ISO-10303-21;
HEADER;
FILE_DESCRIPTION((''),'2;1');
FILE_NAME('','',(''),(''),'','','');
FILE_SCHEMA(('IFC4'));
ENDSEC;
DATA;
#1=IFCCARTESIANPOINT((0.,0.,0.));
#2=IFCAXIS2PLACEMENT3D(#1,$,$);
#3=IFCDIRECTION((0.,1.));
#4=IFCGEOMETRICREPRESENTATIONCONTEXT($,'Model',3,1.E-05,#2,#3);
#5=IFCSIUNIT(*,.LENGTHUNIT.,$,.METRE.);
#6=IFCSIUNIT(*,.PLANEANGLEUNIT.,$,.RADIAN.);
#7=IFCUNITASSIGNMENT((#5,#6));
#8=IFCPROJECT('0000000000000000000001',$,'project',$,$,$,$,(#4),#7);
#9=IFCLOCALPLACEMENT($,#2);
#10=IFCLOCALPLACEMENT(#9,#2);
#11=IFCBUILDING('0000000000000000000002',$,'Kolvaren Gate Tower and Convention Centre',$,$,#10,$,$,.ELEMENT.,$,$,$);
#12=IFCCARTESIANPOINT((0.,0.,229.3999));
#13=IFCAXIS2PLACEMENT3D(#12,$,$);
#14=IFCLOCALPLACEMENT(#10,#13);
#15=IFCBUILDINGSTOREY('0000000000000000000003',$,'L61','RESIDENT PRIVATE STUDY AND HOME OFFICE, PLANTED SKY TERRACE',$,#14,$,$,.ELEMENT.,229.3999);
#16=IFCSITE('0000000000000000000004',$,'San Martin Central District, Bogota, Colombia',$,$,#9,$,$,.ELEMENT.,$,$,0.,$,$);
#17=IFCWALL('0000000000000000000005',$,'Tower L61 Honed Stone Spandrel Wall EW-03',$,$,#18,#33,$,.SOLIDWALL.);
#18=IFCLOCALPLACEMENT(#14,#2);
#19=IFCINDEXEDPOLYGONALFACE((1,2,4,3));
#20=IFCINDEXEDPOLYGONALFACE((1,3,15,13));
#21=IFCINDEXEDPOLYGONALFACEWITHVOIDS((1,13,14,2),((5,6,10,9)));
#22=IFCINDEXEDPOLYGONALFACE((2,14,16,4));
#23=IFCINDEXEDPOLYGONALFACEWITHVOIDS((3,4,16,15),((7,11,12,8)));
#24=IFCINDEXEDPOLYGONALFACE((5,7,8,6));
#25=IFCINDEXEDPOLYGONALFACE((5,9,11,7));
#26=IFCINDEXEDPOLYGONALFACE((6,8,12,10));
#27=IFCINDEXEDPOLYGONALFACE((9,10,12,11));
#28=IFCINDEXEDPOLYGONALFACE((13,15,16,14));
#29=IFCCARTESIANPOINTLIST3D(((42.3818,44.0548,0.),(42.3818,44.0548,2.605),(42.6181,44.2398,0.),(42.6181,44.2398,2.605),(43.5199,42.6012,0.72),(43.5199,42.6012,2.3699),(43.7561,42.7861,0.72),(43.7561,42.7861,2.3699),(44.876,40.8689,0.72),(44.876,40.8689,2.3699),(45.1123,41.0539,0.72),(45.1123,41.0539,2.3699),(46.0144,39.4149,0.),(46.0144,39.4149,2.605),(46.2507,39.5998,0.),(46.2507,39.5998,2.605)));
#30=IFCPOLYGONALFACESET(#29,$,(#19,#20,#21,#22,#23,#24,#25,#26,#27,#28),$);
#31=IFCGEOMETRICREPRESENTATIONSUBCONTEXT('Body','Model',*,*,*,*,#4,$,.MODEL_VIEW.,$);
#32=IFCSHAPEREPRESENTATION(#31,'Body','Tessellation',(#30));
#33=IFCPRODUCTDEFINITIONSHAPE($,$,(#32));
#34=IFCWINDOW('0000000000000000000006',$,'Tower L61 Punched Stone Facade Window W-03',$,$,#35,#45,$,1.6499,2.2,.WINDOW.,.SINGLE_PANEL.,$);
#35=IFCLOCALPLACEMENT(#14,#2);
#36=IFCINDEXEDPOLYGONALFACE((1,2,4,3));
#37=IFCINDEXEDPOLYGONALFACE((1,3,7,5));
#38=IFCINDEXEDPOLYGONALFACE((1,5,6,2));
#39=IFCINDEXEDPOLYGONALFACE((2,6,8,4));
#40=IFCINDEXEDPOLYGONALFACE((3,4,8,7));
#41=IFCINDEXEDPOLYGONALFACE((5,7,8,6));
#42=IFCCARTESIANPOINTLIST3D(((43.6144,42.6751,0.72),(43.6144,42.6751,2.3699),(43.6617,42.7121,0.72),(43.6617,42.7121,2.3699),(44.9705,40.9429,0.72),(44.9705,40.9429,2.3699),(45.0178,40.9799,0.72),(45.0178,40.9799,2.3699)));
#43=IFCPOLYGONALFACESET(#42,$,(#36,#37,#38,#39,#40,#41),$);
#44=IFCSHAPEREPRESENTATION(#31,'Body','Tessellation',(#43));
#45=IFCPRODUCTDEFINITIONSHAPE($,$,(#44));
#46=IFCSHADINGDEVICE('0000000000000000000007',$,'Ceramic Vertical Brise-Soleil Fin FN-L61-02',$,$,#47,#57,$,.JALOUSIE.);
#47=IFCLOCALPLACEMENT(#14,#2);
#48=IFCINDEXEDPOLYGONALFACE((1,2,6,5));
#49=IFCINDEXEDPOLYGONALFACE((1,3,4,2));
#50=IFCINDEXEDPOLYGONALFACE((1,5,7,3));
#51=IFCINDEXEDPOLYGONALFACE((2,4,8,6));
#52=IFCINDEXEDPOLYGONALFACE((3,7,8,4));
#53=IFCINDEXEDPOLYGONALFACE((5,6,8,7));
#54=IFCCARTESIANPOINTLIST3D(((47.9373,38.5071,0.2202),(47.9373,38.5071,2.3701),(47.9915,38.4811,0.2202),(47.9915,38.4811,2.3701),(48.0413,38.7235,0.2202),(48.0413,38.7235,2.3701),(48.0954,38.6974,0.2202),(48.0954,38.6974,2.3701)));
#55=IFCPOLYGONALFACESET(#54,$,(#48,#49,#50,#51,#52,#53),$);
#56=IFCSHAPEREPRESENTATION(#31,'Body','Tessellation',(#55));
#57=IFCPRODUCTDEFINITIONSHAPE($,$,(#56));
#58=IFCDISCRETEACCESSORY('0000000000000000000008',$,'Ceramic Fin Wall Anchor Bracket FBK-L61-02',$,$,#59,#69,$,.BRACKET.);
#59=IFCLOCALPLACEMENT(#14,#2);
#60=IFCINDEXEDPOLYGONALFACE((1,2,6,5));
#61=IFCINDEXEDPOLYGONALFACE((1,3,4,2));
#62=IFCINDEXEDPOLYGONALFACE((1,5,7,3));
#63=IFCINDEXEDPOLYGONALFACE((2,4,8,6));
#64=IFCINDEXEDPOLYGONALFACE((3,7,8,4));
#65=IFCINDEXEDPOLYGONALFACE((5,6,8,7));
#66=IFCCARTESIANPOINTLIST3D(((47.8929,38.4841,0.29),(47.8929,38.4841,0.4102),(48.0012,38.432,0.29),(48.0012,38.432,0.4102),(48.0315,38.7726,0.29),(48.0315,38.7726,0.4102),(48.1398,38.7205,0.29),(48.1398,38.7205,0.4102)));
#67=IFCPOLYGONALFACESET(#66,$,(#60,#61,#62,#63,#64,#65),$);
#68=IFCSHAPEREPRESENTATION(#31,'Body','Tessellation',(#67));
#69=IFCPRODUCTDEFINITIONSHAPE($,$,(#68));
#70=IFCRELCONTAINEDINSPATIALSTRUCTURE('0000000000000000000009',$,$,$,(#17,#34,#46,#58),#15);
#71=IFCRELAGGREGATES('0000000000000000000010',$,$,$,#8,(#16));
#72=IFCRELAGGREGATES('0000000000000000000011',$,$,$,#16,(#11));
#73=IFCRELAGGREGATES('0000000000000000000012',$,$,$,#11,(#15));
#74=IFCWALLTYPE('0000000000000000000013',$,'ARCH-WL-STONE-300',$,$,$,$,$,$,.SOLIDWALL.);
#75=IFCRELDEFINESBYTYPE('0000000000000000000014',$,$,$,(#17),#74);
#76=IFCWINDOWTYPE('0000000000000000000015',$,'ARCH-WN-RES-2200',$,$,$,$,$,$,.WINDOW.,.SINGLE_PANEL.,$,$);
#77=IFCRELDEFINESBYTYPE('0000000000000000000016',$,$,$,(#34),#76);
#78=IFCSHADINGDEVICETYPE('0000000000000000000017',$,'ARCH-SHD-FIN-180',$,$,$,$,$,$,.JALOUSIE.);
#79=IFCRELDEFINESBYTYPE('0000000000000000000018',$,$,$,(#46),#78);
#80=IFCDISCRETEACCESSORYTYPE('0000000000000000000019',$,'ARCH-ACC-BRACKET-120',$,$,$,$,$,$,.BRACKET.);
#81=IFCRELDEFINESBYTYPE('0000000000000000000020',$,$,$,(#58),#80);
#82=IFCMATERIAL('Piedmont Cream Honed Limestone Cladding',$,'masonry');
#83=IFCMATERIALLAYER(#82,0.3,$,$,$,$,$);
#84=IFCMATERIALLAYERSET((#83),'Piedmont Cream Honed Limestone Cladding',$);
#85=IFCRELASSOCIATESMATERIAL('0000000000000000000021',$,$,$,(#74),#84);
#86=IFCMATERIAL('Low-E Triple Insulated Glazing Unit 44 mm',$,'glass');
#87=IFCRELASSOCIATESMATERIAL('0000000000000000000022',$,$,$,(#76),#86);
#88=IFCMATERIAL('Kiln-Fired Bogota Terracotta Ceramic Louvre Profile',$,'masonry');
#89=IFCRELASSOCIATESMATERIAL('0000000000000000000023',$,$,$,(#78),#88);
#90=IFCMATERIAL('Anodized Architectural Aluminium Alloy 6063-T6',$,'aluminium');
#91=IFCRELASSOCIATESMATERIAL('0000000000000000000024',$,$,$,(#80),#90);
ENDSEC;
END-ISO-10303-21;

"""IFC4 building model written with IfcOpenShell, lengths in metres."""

from ifc_helpers import new_model, si_unit, direction, frame, frame_2d, origin, origin_2d, place, context, subcontext, project, spatial, rectangle, extrude, material, layer, layer_set, type_object, element, fill, save


model = new_model("IFC4")

# Units and contexts
model_context = context("Model", 3, precision=1e-05, world=origin(), true_north=direction((0.0, 1.0)))
body_context = subcontext(model_context, "Body", "Model", "MODEL_VIEW")
ifc_project = project(units=[si_unit("LENGTHUNIT", "METRE"), si_unit("PLANEANGLEUNIT", "RADIAN")], contexts=[model_context])

# Site, building, storey
site_placement = place(None, origin())
site = spatial("IfcSite", under=ifc_project, at=site_placement, Name="San Martin Central District, Bogota, Colombia", CompositionType="ELEMENT", RefElevation=0.0)
building_placement = place(site_placement, origin())
building = spatial("IfcBuilding", under=site, at=building_placement, Name="Kolvaren Gate Tower and Convention Centre", CompositionType="ELEMENT")
storey_placement = place(building_placement, frame((0.0, 0.0, 229.3999)))
storey = spatial("IfcBuildingStorey", under=building, at=storey_placement, Name="L61", Description="RESIDENT PRIVATE STUDY AND HOME OFFICE, PLANTED SKY TERRACE", CompositionType="ELEMENT", Elevation=229.3999)

# Wall, opening, window
ifc_material_1 = material(Name="Piedmont Cream Honed Limestone Cladding", Category="masonry")
ifc_layer_1 = layer(ifc_material_1, 0.3)
ifc_layer_set_1 = layer_set([ifc_layer_1], Name="Piedmont Cream Honed Limestone Cladding")
wall_type_1 = type_object("IfcWallType", Name="ARCH-WL-STONE-300", PredefinedType="SOLIDWALL", material=ifc_layer_set_1)
ifc_material_2 = material(Name="Low-E Triple Insulated Glazing Unit 44 mm", Category="glass")
window_type = type_object("IfcWindowType", Name="ARCH-WN-RES-2200", PartitioningType="SINGLE_PANEL", PredefinedType="WINDOW", material=ifc_material_2)
wall_1_placement = place(storey_placement, frame((42.5, 44.1472, 0.0), z_axis=(0.0, 0.0, 1.0), x_axis=(0.61645, -0.787394, 0.0)))
wall_1 = element("IfcWall", 1, at=wall_1_placement, inside=storey, type_object=wall_type_1, Name="Tower L61 Honed Stone Spandrel Wall EW-03", PredefinedType="SOLIDWALL", context=body_context, shape_type="SweptSolid", body=[
    extrude(rectangle(XDim=5.8928, YDim=0.3, at=frame_2d((2.9463, 0.0))), origin(), (0.0, 0.0, 1.0), 2.605),
])
opening_1_placement = place(wall_1_placement, frame((1.8459, 0.0, 0.72)))
opening_1 = element("IfcOpeningElement", 2, at=opening_1_placement, cuts=wall_1, PredefinedType="OPENING", context=body_context, shape_type="SweptSolid", body=[
    extrude(rectangle(XDim=2.2, YDim=1.6499, at=frame_2d((1.1001, 0.825))), frame((0.0, 0.1599, 0.0), z_axis=(0.0, -1.0, 0.0), x_axis=(1.0, 0.0, 0.0)), (0.0, 0.0, 1.0), 0.3201),
])
window_1_placement = place(opening_1_placement, origin())
window_1 = element("IfcWindow", 3, at=window_1_placement, inside=storey, type_object=window_type, Name="Tower L61 Punched Stone Facade Window W-03", OverallHeight=1.6499, OverallWidth=2.2, PartitioningType="SINGLE_PANEL", PredefinedType="WINDOW", context=body_context, shape_type="SweptSolid", body=[
    extrude(rectangle(XDim=2.2, YDim=1.6499, at=frame_2d((1.1001, 0.825))), frame((0.0, 0.03, 0.0), z_axis=(0.0, -1.0, 0.0), x_axis=(1.0, 0.0, 0.0)), (0.0, 0.0, 1.0), 0.0601),
])
fill(opening_1, window_1)

# Shading device
ifc_material_3 = material(Name="Kiln-Fired Bogota Terracotta Ceramic Louvre Profile", Category="masonry")
shading_device_type = type_object("IfcShadingDeviceType", Name="ARCH-SHD-FIN-180", PredefinedType="JALOUSIE", material=ifc_material_3)
shading_device_placement = place(storey_placement, frame((48.0164, 38.6023, 0.2202), z_axis=(0.0, 0.0, 1.0), x_axis=(0.901359, -0.433072, 0.0)))
element("IfcShadingDevice", 4, at=shading_device_placement, inside=storey, type_object=shading_device_type, Name="Ceramic Vertical Brise-Soleil Fin FN-L61-02", PredefinedType="JALOUSIE", context=body_context, shape_type="SweptSolid", body=[
    extrude(rectangle(XDim=0.0601, YDim=0.24, at=origin_2d()), origin(), (0.0, 0.0, 1.0), 2.1499),
])

# Discrete accessory
ifc_material_4 = material(Name="Anodized Architectural Aluminium Alloy 6063-T6", Category="aluminium")
discrete_accessory_type = type_object("IfcDiscreteAccessoryType", Name="ARCH-ACC-BRACKET-120", PredefinedType="BRACKET", material=ifc_material_4)
discrete_accessory_placement = place(storey_placement, frame((48.0164, 38.6023, 0.29), z_axis=(0.0, 0.0, 1.0), x_axis=(0.901359, -0.433072, 0.0)))
element("IfcDiscreteAccessory", 5, at=discrete_accessory_placement, inside=storey, type_object=discrete_accessory_type, Name="Ceramic Fin Wall Anchor Bracket FBK-L61-02", PredefinedType="BRACKET", context=body_context, shape_type="SweptSolid", body=[
    extrude(rectangle(XDim=0.1201, YDim=0.3201, at=origin_2d()), origin(), (0.0, 0.0, 1.0), 0.1201),
])

save(model, "model.ifc")
